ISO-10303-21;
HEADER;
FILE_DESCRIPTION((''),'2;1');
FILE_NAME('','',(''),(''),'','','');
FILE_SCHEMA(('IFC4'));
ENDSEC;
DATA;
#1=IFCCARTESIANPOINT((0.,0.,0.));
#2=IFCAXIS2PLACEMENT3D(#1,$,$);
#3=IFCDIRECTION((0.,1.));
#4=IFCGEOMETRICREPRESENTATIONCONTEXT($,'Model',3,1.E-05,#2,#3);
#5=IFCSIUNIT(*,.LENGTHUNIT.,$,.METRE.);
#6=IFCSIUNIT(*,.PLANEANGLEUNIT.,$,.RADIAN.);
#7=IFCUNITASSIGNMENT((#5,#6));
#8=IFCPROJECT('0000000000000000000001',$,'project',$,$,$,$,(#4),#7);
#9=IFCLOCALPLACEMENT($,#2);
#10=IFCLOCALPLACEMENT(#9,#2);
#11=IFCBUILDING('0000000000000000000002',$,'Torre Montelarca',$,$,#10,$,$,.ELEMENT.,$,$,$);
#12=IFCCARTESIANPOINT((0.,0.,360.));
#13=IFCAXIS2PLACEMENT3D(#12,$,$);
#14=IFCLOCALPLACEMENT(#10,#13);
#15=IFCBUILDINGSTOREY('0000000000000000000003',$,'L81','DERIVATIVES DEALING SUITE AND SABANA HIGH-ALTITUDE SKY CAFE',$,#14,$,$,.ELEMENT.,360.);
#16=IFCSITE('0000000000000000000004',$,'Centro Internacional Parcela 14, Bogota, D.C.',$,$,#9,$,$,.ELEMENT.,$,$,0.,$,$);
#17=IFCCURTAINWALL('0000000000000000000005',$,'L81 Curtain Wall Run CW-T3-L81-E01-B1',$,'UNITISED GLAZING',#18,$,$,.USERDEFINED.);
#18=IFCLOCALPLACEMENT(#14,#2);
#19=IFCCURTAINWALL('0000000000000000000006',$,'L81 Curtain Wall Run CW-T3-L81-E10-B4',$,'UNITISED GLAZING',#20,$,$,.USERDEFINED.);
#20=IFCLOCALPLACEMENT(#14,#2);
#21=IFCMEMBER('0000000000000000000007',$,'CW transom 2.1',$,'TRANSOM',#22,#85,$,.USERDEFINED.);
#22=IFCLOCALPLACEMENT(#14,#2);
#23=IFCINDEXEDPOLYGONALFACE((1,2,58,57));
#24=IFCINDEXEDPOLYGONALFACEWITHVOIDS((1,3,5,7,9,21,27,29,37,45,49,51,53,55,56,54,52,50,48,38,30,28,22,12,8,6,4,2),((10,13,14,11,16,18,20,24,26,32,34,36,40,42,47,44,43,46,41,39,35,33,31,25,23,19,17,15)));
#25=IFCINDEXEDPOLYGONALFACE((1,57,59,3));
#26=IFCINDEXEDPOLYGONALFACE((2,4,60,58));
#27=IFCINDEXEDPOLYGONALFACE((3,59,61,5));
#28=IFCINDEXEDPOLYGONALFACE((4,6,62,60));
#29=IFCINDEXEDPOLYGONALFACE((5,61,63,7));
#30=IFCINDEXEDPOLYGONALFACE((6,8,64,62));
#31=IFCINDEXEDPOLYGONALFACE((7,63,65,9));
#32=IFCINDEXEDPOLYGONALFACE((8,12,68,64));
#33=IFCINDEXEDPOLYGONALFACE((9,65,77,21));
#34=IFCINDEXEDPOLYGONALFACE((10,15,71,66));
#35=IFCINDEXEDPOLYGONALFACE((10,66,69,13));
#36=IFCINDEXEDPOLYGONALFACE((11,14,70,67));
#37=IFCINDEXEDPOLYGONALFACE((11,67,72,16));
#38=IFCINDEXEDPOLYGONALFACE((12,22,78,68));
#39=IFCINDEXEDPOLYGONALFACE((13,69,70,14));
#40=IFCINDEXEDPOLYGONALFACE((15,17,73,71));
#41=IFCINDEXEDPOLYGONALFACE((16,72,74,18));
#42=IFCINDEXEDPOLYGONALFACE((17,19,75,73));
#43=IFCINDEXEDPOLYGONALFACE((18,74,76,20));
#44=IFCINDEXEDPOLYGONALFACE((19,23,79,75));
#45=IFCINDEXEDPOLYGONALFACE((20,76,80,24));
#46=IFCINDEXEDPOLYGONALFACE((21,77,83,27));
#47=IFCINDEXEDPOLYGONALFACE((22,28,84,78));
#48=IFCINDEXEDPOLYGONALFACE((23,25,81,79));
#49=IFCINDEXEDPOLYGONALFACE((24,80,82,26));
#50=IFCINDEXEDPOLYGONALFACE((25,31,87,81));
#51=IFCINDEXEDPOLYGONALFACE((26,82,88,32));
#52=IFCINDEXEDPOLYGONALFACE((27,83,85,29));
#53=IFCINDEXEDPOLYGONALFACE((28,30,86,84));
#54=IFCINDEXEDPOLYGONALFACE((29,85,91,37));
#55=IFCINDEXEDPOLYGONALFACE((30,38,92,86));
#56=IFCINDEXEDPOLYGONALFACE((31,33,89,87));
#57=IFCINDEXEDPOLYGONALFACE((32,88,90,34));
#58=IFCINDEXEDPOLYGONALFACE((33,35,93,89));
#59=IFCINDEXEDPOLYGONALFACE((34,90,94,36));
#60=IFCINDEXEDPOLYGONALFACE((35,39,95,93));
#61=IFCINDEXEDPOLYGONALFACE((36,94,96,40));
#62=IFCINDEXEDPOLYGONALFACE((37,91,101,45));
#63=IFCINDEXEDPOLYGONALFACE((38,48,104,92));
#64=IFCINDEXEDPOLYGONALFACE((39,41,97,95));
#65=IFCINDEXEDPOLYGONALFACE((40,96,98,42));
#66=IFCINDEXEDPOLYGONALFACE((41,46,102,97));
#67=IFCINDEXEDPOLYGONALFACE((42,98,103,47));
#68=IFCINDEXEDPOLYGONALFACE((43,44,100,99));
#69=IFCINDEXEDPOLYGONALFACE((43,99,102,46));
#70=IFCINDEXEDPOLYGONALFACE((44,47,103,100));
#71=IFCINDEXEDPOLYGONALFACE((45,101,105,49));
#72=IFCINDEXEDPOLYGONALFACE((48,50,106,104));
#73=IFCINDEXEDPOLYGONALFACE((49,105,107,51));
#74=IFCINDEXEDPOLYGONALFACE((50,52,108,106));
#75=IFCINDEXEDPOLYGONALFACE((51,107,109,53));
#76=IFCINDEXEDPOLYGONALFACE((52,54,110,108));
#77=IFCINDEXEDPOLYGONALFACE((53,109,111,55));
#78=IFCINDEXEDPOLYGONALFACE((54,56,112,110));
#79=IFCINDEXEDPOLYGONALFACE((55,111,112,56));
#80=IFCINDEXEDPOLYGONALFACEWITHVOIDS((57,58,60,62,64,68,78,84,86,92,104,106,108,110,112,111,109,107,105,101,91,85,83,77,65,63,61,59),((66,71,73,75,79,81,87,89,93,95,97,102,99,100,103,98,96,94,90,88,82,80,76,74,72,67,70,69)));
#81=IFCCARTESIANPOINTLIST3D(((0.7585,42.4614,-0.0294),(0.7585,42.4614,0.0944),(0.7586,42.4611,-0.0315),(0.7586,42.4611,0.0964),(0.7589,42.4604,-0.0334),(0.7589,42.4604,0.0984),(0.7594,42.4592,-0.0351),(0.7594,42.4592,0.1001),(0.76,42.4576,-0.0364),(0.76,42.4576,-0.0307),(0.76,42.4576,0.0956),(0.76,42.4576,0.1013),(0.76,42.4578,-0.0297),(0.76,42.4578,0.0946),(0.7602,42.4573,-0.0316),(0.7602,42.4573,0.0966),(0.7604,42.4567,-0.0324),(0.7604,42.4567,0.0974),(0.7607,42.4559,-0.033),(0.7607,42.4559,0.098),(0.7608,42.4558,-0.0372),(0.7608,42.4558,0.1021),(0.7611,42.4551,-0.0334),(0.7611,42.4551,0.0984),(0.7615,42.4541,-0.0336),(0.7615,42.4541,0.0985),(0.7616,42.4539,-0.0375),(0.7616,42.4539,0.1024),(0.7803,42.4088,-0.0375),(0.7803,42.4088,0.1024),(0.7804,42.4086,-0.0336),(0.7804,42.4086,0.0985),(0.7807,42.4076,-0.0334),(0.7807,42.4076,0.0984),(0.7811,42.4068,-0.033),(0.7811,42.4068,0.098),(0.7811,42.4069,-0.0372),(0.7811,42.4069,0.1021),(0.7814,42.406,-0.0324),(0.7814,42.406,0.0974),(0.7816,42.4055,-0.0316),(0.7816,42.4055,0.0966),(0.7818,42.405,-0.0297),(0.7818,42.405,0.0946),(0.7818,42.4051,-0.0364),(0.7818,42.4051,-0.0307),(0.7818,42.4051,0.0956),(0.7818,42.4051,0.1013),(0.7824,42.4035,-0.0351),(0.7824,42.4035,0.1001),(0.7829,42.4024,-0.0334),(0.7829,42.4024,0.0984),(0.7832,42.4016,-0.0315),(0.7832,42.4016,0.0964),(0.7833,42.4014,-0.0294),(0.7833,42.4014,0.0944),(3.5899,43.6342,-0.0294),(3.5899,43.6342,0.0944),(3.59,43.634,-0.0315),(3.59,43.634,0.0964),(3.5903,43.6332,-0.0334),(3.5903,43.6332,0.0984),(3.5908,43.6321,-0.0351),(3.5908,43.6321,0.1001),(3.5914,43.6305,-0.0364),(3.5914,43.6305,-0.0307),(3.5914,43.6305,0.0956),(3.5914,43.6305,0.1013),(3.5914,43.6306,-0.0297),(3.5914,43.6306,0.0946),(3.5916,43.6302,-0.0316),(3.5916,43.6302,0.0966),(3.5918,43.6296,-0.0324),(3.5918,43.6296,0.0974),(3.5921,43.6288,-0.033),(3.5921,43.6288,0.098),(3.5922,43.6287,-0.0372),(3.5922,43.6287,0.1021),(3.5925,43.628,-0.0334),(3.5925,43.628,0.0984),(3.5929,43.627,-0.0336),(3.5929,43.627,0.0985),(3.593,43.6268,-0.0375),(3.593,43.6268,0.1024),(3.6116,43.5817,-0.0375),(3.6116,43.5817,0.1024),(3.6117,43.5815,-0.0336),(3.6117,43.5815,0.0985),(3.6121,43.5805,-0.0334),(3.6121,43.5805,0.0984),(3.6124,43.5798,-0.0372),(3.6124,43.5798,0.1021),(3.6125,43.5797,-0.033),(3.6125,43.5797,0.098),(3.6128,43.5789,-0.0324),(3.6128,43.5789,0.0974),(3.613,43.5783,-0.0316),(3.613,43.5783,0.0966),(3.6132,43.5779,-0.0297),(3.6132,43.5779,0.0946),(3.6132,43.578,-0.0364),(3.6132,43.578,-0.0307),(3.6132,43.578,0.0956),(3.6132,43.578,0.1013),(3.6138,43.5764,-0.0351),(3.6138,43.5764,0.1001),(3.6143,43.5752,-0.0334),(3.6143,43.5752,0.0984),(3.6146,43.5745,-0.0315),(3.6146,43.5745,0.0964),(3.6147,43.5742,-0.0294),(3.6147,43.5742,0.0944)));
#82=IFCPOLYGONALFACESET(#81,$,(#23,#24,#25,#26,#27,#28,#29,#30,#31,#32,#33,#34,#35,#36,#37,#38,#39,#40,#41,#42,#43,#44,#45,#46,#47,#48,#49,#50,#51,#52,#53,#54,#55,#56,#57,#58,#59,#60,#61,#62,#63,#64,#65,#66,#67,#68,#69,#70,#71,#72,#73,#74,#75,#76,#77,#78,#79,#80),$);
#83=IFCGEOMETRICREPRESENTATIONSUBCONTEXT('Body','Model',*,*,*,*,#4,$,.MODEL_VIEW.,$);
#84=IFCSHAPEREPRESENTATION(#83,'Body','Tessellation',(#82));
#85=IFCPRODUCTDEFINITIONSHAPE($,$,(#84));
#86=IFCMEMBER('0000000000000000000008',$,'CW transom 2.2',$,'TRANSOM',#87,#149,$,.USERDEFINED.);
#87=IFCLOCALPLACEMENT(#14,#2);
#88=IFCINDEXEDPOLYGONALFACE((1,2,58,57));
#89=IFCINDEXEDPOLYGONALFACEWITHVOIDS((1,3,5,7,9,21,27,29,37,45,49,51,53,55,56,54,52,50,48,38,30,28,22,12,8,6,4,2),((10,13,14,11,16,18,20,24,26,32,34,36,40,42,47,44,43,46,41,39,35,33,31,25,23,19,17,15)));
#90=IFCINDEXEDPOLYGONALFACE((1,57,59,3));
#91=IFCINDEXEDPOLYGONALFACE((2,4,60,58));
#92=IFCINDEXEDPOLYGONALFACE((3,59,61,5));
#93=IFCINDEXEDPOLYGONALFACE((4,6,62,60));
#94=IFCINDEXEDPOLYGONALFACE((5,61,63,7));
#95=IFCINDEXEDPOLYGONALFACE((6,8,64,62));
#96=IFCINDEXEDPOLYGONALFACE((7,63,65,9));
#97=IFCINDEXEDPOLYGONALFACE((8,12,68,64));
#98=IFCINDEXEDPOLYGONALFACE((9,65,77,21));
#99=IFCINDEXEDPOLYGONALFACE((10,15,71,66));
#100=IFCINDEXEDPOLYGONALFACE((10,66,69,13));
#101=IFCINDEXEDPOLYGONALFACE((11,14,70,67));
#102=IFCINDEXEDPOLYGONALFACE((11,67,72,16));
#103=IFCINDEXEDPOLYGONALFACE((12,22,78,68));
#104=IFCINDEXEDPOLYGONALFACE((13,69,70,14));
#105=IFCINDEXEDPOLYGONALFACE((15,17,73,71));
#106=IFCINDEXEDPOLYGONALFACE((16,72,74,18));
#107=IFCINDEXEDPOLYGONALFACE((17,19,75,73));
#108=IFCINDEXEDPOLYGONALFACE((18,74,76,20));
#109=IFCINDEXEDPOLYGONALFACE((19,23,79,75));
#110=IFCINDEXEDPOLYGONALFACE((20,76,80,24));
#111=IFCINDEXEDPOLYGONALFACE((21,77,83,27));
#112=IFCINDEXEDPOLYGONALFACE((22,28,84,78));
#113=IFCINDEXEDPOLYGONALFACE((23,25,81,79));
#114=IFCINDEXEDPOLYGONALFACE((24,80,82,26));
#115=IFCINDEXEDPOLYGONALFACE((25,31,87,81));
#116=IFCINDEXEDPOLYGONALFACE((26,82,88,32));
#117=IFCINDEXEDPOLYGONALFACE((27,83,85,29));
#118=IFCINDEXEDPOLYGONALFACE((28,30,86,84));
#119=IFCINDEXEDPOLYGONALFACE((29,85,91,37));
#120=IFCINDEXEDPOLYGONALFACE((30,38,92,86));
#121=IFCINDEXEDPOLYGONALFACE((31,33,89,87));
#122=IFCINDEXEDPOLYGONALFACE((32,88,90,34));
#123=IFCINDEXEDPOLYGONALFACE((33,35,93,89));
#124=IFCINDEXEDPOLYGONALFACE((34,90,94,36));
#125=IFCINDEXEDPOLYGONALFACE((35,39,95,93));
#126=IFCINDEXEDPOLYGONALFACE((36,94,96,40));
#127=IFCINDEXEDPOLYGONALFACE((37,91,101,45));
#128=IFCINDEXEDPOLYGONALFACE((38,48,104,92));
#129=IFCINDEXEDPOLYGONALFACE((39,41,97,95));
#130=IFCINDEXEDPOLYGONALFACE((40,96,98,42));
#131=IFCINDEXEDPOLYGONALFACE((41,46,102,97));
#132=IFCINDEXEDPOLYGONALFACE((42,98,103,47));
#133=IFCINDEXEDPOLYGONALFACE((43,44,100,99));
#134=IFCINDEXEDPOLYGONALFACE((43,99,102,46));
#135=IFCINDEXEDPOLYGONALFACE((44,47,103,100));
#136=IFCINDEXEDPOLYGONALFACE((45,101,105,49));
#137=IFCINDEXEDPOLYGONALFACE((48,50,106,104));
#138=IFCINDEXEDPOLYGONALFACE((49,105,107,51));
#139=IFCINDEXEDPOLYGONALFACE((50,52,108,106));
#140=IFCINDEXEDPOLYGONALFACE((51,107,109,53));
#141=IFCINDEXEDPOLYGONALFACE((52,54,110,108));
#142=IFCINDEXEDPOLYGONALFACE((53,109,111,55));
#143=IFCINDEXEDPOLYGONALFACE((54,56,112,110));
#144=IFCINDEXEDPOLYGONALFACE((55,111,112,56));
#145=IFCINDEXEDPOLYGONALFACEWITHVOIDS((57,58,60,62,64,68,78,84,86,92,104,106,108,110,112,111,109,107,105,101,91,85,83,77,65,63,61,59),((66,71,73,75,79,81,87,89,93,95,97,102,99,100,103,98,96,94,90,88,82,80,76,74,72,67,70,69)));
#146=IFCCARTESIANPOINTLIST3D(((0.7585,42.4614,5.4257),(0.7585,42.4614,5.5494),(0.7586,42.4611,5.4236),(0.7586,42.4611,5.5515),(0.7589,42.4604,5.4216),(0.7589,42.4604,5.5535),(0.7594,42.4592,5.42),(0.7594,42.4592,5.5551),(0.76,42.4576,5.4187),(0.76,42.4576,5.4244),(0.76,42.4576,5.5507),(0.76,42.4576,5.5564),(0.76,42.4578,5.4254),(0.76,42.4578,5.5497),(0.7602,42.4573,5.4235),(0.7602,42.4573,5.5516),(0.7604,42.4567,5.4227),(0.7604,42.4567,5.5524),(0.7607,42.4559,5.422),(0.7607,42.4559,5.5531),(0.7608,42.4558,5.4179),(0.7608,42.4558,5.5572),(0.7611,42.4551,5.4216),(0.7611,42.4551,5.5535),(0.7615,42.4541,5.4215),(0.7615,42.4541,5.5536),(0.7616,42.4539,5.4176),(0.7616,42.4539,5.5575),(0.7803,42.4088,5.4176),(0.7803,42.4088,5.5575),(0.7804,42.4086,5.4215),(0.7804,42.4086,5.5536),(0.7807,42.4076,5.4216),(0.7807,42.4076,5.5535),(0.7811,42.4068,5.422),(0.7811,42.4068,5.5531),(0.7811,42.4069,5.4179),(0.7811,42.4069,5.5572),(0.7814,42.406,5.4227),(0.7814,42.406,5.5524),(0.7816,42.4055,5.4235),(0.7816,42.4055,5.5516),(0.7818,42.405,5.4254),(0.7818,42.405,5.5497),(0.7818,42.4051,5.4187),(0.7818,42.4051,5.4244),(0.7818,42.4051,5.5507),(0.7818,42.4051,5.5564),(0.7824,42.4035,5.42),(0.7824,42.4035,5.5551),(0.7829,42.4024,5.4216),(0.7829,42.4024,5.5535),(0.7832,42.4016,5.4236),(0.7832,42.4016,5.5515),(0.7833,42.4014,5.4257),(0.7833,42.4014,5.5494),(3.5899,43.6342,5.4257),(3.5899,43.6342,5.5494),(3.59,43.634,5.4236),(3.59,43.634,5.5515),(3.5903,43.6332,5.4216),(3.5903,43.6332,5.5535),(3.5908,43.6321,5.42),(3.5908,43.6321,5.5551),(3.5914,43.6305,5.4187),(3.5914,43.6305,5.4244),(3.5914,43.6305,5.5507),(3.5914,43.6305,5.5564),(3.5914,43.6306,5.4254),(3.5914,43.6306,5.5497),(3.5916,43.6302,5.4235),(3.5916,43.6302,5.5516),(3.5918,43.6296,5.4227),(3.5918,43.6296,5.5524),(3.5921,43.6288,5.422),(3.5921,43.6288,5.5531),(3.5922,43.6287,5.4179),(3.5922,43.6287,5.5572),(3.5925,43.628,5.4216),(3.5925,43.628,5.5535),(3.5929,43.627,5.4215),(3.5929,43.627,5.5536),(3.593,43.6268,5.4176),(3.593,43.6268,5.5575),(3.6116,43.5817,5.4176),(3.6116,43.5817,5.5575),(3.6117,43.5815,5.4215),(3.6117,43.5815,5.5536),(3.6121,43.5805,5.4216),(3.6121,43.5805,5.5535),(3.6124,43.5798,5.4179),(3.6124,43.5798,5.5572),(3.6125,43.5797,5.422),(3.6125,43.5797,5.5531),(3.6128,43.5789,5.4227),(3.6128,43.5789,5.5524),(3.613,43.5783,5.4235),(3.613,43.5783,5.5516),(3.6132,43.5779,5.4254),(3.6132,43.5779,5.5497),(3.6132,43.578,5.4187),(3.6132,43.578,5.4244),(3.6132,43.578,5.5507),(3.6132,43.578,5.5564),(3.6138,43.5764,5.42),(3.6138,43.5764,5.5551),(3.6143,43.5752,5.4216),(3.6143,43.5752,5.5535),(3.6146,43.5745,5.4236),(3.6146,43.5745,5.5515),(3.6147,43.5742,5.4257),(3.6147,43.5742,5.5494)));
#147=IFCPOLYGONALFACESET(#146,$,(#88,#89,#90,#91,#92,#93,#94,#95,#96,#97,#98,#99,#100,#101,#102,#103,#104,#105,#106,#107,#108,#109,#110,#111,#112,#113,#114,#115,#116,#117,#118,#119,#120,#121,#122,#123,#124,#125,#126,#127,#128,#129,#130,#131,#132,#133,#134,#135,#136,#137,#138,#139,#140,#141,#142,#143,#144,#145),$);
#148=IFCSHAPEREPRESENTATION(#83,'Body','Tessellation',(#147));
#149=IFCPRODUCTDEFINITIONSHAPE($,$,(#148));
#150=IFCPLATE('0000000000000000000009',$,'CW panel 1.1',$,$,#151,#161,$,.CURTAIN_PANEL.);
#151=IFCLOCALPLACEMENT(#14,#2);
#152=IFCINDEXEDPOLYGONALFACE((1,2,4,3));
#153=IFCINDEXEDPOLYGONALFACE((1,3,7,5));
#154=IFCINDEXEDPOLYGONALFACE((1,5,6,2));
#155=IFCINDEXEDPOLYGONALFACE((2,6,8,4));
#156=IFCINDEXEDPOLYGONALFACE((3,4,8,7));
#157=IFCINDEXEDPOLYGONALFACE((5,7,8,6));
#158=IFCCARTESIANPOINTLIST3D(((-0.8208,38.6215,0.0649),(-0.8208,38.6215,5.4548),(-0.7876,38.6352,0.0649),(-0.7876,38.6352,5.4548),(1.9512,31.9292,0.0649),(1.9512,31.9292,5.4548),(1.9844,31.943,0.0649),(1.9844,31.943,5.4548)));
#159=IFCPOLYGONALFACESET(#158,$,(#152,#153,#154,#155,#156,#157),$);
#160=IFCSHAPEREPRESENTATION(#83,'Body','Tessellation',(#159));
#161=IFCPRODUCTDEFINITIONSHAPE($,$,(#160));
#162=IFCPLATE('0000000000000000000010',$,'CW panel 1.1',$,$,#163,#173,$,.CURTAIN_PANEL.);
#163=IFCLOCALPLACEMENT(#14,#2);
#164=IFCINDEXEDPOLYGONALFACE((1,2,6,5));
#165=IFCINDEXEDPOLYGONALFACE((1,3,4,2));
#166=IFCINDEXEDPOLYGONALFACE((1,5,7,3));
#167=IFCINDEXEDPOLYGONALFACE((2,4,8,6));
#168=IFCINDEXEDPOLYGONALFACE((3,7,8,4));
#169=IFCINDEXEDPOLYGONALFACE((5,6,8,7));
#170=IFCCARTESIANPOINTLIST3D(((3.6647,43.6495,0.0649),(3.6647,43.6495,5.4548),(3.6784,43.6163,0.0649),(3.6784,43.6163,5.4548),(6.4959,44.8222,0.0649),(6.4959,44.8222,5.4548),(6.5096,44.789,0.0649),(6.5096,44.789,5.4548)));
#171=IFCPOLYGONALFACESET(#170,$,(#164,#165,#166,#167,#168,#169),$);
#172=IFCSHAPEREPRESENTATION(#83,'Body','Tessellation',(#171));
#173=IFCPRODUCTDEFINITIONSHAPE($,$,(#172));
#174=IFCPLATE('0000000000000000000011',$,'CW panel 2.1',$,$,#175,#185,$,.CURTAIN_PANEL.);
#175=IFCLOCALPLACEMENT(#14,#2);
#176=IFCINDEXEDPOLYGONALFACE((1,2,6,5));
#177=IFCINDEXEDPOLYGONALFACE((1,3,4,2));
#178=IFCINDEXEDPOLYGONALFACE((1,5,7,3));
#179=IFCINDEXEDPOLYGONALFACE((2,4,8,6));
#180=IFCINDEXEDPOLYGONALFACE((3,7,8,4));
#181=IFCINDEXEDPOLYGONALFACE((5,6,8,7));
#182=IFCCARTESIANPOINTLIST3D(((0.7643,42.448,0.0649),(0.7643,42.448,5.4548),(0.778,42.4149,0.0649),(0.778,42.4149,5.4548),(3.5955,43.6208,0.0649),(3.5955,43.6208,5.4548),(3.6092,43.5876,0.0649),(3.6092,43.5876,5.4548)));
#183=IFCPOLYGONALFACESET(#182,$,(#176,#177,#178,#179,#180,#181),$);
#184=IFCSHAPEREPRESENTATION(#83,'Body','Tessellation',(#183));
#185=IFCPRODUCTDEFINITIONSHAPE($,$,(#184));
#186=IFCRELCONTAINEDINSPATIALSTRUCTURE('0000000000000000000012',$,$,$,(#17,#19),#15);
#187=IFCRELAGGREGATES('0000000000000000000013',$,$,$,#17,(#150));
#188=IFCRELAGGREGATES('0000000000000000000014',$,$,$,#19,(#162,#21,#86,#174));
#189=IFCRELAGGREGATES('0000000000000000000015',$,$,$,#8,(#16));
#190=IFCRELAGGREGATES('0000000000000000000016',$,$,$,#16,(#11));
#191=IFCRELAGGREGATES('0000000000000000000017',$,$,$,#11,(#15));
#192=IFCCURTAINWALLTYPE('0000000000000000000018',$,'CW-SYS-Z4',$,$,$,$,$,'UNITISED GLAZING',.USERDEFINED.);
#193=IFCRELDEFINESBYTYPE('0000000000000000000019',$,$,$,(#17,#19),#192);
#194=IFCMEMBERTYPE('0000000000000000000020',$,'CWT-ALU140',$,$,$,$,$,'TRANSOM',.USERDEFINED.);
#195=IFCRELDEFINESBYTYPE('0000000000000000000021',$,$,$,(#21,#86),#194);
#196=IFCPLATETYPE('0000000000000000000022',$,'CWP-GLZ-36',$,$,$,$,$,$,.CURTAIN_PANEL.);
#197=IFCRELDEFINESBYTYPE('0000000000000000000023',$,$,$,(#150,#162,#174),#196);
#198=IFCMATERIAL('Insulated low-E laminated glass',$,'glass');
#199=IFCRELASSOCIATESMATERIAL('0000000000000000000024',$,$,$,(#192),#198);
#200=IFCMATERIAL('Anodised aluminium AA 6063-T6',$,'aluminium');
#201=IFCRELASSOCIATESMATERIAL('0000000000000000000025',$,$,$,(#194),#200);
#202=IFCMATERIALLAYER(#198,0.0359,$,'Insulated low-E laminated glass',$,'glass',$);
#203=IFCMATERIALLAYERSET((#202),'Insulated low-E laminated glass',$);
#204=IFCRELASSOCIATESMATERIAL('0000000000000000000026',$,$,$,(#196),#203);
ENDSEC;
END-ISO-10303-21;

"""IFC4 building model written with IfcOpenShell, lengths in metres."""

from ifc_helpers import new_model, si_unit, direction, frame, origin, origin_2d, place, context, subcontext, project, spatial, rectangle, hollow_rectangle, extrude, source, transform, mapped, material, layer, layer_set, material_profile, profile_set, type_object, element, aggregate, save


model = new_model("IFC4")

# Units and contexts
model_context = context("Model", 3, precision=1e-05, world=origin(), true_north=direction((0.0, 1.0)))
body_context = subcontext(model_context, "Body", "Model", "MODEL_VIEW")
ifc_project = project(units=[si_unit("LENGTHUNIT", "METRE"), si_unit("PLANEANGLEUNIT", "RADIAN")], contexts=[model_context])

# Site, building, storey
site_placement = place(None, origin())
site = spatial("IfcSite", under=ifc_project, at=site_placement, Name="Centro Internacional Parcela 14, Bogota, D.C.", CompositionType="ELEMENT", RefElevation=0.0)
building_placement = place(site_placement, origin())
building = spatial("IfcBuilding", under=site, at=building_placement, Name="Torre Montelarca", CompositionType="ELEMENT")
storey_placement = place(building_placement, frame((0.0, 0.0, 360.0)))
storey = spatial("IfcBuildingStorey", under=building, at=storey_placement, Name="L81", Description="DERIVATIVES DEALING SUITE AND SABANA HIGH-ALTITUDE SKY CAFE", CompositionType="ELEMENT", Elevation=360.0)

# Curtain wall
ifc_material_1 = material(Name="Insulated low-E laminated glass", Category="glass")
curtain_wall_type = type_object("IfcCurtainWallType", Name="CW-SYS-Z4", ElementType="UNITISED GLAZING", PredefinedType="USERDEFINED", material=ifc_material_1)
curtain_wall_1_placement = place(storey_placement, origin())
curtain_wall_1 = element("IfcCurtainWall", 1, at=curtain_wall_1_placement, inside=storey, type_object=curtain_wall_type, Name="L81 Curtain Wall Run CW-T3-L81-E01-B1", ObjectType="UNITISED GLAZING", PredefinedType="USERDEFINED")
ifc_material_2 = material(Name="Anodised aluminium AA 6063-T6", Category="aluminium")

# Curtain wall
curtain_wall_2_placement = place(storey_placement, origin())
curtain_wall_2 = element("IfcCurtainWall", 2, at=curtain_wall_2_placement, inside=storey, type_object=curtain_wall_type, Name="L81 Curtain Wall Run CW-T3-L81-E10-B4", ObjectType="UNITISED GLAZING", PredefinedType="USERDEFINED")

# Members
ifc_material_profile_1 = material_profile(ifc_material_2, hollow_rectangle(XDim=0.0649, YDim=0.1399, WallThickness=0.0039, InnerFilletRadius=0.0039, OuterFilletRadius=0.0081, at=origin_2d()), Name="ALU65X140X4", Category="aluminium")
ifc_profile_set_1 = profile_set([ifc_material_profile_1], Name="Anodised aluminium AA 6063-T6")
member_type_1 = type_object("IfcMemberType", Name="CWT-ALU140", ElementType="TRANSOM", PredefinedType="USERDEFINED", material=ifc_profile_set_1)
shared_shape_1 = source(origin(), body_context, "Body", "SweptSolid", [
    extrude(hollow_rectangle(XDim=0.0649, YDim=0.1399, WallThickness=0.0039, InnerFilletRadius=0.0039, OuterFilletRadius=0.0081, at=origin_2d()), origin(), (0.0, 0.0, 1.0), 3.0647),
])
member_1_placement = place(storey_placement, frame((3.6023, 43.6042, 0.0325), z_axis=(-0.923869, -0.382708, 0.0), x_axis=(0.382708, -0.923869, 0.0)))
member_1 = element("IfcMember", 3, at=member_1_placement, type_object=member_type_1, Name="CW transom 2.1", ObjectType="TRANSOM", PredefinedType="USERDEFINED", context=body_context, shape_type="MappedRepresentation", body=[
    mapped(shared_shape_1, transform((0.0, 0.0, 0.0), scale=1.0)),
])
member_2_placement = place(storey_placement, frame((3.6023, 43.6042, 5.4875), z_axis=(-0.923869, -0.382708, 0.0), x_axis=(0.382708, -0.923869, 0.0)))
member_2 = element("IfcMember", 4, at=member_2_placement, type_object=member_type_1, Name="CW transom 2.2", ObjectType="TRANSOM", PredefinedType="USERDEFINED", context=body_context, shape_type="MappedRepresentation", body=[
    mapped(shared_shape_1, transform((0.0, 0.0, 0.0), scale=1.0)),
])

# Plates
ifc_layer_1 = layer(ifc_material_1, 0.0359, Name="Insulated low-E laminated glass", Category="glass")
ifc_layer_set_1 = layer_set([ifc_layer_1], Name="Insulated low-E laminated glass")
plate_type = type_object("IfcPlateType", Name="CWP-GLZ-36", PredefinedType="CURTAIN_PANEL", material=ifc_layer_set_1)
shared_shape_2 = source(origin(), body_context, "Body", "SweptSolid", [
    extrude(rectangle(XDim=7.2437, YDim=0.0359, at=origin_2d()), origin(), (0.0, 0.0, 1.0), 5.3899),
])
plate_1_placement = place(storey_placement, frame((0.5818, 35.2822, 0.0649), z_axis=(0.0, 0.0, 1.0), x_axis=(0.382681, -0.92388, 0.0)))
plate_1 = element("IfcPlate", 5, at=plate_1_placement, type_object=plate_type, Name="CW panel 1.1", PredefinedType="CURTAIN_PANEL", context=body_context, shape_type="MappedRepresentation", body=[
    mapped(shared_shape_2, transform((0.0, 0.0, 0.0), scale=1.0)),
])
aggregate(curtain_wall_1, [plate_1])
shared_shape_3 = source(origin(), body_context, "Body", "SweptSolid", [
    extrude(rectangle(XDim=3.0645, YDim=0.0359, at=origin_2d()), origin(), (0.0, 0.0, 1.0), 5.3899),
])
plate_2_placement = place(storey_placement, frame((5.0872, 44.2192, 0.0649), z_axis=(0.0, 0.0, 1.0), x_axis=(-0.923879, -0.382684, 0.0)))
plate_2 = element("IfcPlate", 6, at=plate_2_placement, type_object=plate_type, Name="CW panel 1.1", PredefinedType="CURTAIN_PANEL", context=body_context, shape_type="MappedRepresentation", body=[
    mapped(shared_shape_3, transform((0.0, 0.0, 0.0), scale=1.0)),
])
plate_3_placement = place(storey_placement, frame((2.1868, 43.0178, 0.0649), z_axis=(0.0, 0.0, 1.0), x_axis=(-0.923879, -0.382684, 0.0)))
plate_3 = element("IfcPlate", 7, at=plate_3_placement, type_object=plate_type, Name="CW panel 2.1", PredefinedType="CURTAIN_PANEL", context=body_context, shape_type="MappedRepresentation", body=[
    mapped(shared_shape_3, transform((0.0, 0.0, 0.0), scale=1.0)),
])
aggregate(curtain_wall_2, [plate_2, member_1, member_2, plate_3])

save(model, "model.ifc")
